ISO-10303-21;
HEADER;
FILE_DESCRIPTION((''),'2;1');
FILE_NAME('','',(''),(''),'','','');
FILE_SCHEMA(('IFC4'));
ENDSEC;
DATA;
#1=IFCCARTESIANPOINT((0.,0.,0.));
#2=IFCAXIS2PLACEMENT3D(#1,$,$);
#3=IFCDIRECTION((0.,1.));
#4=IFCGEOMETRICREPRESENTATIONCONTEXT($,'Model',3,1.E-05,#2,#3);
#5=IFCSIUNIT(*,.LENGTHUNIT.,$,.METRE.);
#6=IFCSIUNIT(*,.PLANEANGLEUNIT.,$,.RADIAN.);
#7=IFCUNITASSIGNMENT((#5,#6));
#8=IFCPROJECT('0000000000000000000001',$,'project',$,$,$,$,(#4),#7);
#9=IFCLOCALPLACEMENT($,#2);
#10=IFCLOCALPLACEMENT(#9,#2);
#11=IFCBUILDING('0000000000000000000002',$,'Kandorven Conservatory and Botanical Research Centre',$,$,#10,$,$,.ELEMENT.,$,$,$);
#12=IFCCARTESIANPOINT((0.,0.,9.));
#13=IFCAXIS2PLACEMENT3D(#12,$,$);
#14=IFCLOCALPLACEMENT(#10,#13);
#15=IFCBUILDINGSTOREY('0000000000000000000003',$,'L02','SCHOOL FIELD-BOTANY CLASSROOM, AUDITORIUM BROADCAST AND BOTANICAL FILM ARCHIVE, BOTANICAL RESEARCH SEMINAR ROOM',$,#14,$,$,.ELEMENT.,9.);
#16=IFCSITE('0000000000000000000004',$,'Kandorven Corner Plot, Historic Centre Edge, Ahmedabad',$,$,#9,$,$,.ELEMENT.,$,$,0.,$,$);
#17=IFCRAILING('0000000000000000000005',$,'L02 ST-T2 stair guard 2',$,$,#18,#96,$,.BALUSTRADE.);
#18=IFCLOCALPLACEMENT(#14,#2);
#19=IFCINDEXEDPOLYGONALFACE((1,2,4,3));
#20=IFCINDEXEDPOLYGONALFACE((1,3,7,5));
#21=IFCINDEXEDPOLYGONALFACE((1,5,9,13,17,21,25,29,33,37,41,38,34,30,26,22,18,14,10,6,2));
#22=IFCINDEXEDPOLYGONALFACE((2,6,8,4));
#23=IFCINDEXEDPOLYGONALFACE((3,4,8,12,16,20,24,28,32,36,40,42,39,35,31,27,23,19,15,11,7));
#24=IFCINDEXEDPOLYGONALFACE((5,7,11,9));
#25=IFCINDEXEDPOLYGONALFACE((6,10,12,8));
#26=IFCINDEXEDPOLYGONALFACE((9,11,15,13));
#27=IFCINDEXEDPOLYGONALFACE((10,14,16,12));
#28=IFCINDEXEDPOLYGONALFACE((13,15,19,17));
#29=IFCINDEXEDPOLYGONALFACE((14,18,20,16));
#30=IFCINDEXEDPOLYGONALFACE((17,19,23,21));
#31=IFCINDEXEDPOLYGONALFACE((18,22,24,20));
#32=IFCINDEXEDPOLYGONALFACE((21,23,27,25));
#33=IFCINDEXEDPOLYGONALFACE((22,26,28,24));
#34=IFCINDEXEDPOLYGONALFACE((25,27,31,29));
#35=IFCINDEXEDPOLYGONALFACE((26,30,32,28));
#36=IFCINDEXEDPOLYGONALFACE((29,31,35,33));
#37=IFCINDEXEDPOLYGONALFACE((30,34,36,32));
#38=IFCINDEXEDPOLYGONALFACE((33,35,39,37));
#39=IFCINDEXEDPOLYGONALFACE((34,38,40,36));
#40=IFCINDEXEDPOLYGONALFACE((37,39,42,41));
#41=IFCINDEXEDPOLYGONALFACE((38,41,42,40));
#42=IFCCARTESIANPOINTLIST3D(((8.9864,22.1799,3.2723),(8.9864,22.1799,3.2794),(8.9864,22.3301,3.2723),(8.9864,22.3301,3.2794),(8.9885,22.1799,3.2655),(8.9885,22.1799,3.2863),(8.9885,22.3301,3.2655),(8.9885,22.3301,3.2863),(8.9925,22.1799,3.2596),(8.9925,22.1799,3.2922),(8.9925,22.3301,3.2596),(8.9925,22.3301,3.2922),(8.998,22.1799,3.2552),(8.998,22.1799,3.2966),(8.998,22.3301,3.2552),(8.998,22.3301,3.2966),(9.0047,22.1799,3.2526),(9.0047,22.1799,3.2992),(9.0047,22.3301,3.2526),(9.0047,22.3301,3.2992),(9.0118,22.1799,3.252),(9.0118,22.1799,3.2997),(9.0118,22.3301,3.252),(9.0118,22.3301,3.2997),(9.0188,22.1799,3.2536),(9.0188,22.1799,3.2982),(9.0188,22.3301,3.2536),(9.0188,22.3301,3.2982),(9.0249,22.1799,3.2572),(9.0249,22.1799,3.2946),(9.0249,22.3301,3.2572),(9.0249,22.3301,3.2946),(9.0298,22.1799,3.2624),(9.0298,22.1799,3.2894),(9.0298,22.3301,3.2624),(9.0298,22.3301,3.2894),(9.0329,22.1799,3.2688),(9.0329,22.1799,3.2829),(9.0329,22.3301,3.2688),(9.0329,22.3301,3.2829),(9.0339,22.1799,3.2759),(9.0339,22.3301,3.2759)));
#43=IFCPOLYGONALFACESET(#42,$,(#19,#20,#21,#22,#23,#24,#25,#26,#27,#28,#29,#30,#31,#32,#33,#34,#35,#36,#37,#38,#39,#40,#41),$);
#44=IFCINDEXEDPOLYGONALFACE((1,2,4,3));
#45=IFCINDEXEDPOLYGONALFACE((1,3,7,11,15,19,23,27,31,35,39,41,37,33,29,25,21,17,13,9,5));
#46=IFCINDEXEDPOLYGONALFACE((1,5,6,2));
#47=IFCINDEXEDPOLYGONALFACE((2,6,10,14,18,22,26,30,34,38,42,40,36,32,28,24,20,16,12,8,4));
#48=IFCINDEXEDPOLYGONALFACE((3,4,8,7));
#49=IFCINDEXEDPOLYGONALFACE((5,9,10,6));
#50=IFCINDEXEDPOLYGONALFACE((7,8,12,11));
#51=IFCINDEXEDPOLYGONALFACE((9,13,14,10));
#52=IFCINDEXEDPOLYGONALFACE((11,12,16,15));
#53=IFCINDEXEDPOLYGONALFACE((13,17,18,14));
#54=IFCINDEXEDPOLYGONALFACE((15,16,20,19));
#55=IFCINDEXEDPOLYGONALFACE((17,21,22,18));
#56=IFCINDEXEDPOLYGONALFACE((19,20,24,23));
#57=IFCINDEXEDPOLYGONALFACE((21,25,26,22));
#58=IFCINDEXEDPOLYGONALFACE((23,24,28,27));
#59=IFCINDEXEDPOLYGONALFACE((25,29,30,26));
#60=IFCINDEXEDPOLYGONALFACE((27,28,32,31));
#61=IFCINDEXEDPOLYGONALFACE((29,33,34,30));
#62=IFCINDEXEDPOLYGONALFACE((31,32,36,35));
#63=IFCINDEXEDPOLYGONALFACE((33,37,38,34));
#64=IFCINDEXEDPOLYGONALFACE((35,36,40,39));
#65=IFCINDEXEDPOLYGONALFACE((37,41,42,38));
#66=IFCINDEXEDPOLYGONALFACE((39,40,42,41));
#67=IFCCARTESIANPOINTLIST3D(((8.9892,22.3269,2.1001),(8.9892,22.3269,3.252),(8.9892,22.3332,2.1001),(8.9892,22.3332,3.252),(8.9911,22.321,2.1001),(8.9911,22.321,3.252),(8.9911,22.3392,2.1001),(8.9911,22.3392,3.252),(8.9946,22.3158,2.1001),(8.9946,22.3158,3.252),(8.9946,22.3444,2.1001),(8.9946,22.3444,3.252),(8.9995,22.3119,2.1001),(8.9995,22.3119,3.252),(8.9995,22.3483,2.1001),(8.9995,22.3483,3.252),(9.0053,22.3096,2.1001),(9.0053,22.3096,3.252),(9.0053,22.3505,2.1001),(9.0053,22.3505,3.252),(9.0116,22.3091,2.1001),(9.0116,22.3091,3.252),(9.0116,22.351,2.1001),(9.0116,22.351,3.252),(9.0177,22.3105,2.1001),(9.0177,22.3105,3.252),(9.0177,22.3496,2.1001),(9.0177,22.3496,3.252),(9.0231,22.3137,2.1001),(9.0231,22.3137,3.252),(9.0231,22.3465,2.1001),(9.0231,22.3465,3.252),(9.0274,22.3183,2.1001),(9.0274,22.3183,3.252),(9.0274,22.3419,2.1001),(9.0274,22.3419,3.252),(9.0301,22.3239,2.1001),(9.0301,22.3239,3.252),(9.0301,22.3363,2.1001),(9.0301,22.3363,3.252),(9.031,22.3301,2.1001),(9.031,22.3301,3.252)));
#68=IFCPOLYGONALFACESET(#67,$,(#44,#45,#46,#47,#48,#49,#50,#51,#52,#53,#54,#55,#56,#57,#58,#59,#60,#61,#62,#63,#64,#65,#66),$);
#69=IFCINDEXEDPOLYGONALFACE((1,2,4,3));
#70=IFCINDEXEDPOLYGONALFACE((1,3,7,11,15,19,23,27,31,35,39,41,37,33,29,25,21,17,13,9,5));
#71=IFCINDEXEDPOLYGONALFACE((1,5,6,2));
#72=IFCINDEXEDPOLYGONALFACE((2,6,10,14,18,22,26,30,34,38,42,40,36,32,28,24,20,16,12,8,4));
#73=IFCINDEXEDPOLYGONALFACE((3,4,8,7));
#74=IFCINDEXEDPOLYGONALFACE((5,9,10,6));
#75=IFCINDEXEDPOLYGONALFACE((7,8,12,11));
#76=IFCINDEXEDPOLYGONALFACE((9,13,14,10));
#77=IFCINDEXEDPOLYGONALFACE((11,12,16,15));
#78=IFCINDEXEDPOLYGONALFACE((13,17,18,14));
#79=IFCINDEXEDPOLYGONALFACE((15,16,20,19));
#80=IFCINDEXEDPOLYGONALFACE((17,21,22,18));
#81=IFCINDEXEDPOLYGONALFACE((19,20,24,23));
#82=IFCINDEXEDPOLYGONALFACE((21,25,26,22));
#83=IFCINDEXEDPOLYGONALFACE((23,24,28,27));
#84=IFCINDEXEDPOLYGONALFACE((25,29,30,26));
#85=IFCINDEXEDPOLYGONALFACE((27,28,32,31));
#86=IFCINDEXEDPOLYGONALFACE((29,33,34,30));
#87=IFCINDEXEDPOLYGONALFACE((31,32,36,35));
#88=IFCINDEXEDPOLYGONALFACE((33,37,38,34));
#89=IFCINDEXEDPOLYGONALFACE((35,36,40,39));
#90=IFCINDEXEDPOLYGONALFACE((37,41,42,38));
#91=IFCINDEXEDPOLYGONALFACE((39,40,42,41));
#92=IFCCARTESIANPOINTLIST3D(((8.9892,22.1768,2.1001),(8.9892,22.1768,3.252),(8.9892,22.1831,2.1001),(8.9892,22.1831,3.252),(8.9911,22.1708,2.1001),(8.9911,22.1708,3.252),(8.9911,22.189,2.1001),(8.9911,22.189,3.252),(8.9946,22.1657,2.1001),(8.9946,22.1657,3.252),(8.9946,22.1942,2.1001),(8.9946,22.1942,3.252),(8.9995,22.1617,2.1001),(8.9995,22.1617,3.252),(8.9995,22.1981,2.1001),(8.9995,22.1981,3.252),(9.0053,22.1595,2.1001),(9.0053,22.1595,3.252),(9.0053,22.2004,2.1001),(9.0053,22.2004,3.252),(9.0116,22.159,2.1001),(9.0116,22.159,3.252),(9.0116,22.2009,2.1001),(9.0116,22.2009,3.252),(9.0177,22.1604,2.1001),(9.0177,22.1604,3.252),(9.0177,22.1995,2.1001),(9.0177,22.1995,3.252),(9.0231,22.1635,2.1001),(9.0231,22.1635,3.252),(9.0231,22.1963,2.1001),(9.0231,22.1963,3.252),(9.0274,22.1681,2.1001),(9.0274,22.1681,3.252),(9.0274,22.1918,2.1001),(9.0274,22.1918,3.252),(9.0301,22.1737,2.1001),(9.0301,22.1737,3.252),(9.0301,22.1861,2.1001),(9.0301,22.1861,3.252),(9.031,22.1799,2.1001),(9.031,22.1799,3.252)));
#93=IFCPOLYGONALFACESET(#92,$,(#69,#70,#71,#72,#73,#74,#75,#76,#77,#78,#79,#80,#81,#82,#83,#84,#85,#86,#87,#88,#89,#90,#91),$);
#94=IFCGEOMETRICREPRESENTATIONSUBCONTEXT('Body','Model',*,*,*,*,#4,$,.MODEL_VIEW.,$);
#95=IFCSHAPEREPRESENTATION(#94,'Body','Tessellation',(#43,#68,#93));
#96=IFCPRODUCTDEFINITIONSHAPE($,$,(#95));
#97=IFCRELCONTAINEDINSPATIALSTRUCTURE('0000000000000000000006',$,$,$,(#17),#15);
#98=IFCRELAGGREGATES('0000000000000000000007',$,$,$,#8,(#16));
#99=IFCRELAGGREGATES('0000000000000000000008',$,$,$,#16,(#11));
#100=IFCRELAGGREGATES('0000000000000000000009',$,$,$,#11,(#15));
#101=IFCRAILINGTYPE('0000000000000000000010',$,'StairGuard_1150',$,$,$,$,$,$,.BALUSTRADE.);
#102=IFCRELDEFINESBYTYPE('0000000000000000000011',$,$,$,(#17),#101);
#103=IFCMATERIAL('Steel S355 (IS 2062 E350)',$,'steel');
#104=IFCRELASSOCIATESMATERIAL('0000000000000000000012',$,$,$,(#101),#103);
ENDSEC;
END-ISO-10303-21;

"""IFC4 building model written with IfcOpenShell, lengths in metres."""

from ifc_helpers import new_model, si_unit, direction, frame, origin, origin_2d, place, context, subcontext, project, spatial, circle, extrude, material, type_object, element, save


model = new_model("IFC4")

# Units and contexts
model_context = context("Model", 3, precision=1e-05, world=origin(), true_north=direction((0.0, 1.0)))
body_context = subcontext(model_context, "Body", "Model", "MODEL_VIEW")
ifc_project = project(units=[si_unit("LENGTHUNIT", "METRE"), si_unit("PLANEANGLEUNIT", "RADIAN")], contexts=[model_context])

# Site, building, storey
site_placement = place(None, origin())
site = spatial("IfcSite", under=ifc_project, at=site_placement, Name="Kandorven Corner Plot, Historic Centre Edge, Ahmedabad", CompositionType="ELEMENT", RefElevation=0.0)
building_placement = place(site_placement, origin())
building = spatial("IfcBuilding", under=site, at=building_placement, Name="Kandorven Conservatory and Botanical Research Centre", CompositionType="ELEMENT")
storey_placement = place(building_placement, frame((0.0, 0.0, 9.0)))
storey = spatial("IfcBuildingStorey", under=building, at=storey_placement, Name="L02", Description="SCHOOL FIELD-BOTANY CLASSROOM, AUDITORIUM BROADCAST AND BOTANICAL FILM ARCHIVE, BOTANICAL RESEARCH SEMINAR ROOM", CompositionType="ELEMENT", Elevation=9.0)

# Railing
ifc_material_1 = material(Name="Steel S355 (IS 2062 E350)", Category="steel")
railing_type_1 = type_object("IfcRailingType", Name="StairGuard_1150", PredefinedType="BALUSTRADE", material=ifc_material_1)
railing_1_placement = place(storey_placement, frame((9.01, 22.3301, 2.1001)))
element("IfcRailing", 1, at=railing_1_placement, inside=storey, type_object=railing_type_1, Name="L02 ST-T2 stair guard 2", PredefinedType="BALUSTRADE", context=body_context, shape_type="SweptSolid", body=[
    extrude(circle(Radius=0.0239, at=origin_2d()), frame((0.0, 0.0, 1.1758), z_axis=(0.0, -1.0, 0.0), x_axis=(1.0, 0.0, 0.0)), (0.0, 0.0, 1.0), 0.1501),
    extrude(circle(Radius=0.021, at=origin_2d()), origin(), (0.0, 0.0, 1.0), 1.1519),
    extrude(circle(Radius=0.021, at=origin_2d()), frame((0.0, -0.1501, 0.0)), (0.0, 0.0, 1.0), 1.1519),
])

save(model, "model.ifc")
